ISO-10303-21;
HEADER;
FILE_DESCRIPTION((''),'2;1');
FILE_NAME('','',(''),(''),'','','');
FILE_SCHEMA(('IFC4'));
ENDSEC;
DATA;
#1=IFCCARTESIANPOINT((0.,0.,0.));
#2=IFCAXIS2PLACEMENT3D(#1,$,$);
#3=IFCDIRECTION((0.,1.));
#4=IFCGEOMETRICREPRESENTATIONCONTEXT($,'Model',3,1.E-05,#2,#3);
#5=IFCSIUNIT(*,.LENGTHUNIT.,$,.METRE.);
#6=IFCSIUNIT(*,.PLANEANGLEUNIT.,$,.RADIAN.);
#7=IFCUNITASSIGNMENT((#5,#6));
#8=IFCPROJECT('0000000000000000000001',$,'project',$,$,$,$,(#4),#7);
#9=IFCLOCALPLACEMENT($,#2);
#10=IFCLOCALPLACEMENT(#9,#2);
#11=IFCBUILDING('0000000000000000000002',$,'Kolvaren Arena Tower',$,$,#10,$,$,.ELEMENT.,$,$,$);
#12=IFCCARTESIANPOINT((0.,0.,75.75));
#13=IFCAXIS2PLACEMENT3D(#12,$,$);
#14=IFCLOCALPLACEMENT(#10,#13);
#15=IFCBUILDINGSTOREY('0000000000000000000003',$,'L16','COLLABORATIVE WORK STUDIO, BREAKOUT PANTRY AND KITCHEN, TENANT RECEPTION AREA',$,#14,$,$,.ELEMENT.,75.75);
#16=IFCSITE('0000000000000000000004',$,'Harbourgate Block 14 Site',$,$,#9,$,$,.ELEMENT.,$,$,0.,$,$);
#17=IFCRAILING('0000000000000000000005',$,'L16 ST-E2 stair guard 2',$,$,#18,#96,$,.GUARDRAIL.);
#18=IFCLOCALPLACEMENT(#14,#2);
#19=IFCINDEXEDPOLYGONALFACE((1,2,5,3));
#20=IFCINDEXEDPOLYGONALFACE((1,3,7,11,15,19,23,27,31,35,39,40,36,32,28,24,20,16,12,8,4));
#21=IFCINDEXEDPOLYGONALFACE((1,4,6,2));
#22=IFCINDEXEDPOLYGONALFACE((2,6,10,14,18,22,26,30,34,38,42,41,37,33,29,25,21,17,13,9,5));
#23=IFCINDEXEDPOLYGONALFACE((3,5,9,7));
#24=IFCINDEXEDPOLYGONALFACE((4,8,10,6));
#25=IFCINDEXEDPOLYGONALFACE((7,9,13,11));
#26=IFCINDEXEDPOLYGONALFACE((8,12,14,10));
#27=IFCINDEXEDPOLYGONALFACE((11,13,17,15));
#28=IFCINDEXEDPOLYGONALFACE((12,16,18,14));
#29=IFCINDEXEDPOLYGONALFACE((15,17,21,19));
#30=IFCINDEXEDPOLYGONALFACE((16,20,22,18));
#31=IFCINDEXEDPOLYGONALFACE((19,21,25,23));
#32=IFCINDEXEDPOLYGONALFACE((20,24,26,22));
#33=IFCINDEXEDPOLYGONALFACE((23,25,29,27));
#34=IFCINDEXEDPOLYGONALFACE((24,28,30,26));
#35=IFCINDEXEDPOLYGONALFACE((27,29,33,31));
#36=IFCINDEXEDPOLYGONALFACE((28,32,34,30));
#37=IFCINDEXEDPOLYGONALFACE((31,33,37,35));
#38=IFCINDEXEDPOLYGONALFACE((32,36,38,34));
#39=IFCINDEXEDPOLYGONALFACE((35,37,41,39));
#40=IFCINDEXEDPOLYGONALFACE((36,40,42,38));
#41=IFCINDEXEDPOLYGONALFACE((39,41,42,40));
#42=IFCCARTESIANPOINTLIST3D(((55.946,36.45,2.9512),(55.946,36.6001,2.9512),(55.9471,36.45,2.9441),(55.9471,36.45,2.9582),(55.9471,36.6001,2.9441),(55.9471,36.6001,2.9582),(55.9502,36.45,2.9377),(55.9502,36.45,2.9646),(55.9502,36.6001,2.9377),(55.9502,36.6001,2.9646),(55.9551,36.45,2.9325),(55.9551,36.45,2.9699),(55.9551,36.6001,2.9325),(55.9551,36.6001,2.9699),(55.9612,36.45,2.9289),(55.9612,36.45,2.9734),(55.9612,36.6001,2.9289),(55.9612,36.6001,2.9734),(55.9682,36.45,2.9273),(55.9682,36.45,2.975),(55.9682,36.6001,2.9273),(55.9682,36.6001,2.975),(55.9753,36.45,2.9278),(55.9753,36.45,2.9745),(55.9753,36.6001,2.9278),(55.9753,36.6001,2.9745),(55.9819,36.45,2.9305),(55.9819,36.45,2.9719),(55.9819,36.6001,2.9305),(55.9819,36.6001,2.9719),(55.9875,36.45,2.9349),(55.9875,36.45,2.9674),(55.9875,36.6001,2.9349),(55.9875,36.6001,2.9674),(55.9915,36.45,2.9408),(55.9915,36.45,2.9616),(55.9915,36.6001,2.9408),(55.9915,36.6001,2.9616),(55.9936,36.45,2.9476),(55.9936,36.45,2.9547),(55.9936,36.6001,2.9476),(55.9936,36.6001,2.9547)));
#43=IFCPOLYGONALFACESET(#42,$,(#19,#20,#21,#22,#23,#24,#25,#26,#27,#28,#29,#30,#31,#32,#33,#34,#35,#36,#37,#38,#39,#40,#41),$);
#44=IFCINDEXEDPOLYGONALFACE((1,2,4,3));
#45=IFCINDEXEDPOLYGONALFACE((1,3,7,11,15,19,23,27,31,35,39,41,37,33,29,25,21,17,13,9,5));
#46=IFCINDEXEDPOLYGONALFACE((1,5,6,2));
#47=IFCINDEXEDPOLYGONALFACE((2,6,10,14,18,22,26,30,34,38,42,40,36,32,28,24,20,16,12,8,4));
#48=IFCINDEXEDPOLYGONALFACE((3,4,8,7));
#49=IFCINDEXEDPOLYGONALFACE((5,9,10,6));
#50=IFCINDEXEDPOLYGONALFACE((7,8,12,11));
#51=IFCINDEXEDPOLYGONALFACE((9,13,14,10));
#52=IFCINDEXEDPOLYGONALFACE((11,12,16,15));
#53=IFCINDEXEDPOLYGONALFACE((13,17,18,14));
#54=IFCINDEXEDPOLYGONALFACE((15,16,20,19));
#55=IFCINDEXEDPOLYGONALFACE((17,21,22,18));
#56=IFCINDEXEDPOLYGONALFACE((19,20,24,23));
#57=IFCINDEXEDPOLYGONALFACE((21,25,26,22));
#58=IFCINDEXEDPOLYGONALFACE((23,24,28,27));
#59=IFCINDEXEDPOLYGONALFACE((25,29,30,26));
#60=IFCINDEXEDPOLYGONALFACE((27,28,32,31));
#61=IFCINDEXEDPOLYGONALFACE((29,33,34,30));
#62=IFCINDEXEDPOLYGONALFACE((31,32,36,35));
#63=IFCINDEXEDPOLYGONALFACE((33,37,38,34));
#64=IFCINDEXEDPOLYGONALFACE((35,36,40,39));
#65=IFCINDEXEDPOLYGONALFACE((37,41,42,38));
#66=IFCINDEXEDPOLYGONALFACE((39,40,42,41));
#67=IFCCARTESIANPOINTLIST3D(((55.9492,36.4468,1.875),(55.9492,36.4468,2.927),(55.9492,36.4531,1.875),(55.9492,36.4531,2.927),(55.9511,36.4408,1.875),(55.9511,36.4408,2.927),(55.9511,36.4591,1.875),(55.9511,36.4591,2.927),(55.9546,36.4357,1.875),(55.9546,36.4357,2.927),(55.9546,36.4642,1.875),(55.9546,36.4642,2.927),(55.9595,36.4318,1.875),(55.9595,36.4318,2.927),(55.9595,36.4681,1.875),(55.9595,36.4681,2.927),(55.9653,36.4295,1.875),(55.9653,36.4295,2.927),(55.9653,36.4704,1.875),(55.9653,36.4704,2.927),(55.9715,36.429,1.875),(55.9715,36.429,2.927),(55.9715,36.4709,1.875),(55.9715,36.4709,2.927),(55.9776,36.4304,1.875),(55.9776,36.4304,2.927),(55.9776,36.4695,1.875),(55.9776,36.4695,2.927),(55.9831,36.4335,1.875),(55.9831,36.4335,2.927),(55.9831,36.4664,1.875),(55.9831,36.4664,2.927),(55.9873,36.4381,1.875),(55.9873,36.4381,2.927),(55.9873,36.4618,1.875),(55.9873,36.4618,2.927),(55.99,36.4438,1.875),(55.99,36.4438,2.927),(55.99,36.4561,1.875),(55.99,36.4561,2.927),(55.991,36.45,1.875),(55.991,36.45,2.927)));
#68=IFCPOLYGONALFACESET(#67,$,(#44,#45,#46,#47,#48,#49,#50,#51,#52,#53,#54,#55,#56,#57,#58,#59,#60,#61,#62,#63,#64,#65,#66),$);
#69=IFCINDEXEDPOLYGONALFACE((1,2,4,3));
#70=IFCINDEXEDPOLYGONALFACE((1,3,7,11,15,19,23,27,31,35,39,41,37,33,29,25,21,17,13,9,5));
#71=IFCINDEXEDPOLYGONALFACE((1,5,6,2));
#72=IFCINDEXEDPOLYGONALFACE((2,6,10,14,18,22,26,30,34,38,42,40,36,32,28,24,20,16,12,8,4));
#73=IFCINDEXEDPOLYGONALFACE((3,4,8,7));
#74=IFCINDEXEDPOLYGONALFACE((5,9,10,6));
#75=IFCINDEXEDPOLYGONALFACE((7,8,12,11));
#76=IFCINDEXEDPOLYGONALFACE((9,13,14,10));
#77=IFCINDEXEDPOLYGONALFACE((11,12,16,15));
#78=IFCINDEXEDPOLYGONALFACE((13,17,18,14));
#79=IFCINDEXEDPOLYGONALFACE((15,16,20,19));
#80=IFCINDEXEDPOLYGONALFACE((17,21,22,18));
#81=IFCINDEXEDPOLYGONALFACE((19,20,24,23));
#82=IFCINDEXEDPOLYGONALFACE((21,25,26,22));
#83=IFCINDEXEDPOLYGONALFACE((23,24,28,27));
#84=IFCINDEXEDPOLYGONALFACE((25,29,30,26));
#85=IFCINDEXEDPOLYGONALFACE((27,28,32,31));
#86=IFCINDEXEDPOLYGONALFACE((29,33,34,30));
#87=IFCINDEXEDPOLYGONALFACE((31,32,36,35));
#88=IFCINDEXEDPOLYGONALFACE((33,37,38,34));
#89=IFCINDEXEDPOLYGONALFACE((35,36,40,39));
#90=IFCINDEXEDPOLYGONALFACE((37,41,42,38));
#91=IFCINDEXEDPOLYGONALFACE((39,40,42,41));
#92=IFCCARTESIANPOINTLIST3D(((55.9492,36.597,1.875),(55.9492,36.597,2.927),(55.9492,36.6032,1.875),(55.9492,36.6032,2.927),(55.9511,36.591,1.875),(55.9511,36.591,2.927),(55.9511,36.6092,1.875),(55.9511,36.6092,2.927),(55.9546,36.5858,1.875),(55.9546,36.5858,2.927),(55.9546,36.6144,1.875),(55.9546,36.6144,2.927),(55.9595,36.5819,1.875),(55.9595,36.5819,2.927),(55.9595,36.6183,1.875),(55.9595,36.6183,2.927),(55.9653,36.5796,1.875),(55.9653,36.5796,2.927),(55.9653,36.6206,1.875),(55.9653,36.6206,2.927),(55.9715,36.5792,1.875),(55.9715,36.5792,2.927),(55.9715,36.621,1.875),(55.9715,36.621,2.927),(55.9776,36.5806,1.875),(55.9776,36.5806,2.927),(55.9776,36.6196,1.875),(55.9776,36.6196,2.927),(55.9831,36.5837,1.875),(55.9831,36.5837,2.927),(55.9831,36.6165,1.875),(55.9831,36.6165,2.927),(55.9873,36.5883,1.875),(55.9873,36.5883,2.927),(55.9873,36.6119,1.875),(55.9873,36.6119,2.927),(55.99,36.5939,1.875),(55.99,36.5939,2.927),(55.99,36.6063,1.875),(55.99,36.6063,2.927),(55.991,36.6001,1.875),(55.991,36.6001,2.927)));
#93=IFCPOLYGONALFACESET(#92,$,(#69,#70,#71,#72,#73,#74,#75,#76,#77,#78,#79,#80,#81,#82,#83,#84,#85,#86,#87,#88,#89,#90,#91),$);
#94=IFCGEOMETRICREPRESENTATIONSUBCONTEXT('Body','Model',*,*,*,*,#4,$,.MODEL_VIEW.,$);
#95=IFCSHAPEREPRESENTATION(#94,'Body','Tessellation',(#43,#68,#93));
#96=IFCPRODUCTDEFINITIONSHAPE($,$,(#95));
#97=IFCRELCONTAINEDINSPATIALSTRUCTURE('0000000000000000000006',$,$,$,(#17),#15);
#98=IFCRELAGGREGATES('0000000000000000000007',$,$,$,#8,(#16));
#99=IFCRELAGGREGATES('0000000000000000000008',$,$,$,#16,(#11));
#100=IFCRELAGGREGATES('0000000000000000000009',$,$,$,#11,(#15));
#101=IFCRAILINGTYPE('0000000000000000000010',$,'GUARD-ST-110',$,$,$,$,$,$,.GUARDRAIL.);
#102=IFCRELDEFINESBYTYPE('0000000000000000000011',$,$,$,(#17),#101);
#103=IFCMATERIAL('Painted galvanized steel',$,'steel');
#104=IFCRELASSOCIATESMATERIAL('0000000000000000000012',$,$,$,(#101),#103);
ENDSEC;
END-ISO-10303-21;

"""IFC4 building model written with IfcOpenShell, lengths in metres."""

from ifc_helpers import new_model, si_unit, direction, frame, origin, origin_2d, place, context, subcontext, project, spatial, circle, extrude, material, type_object, element, save


model = new_model("IFC4")

# Units and contexts
model_context = context("Model", 3, precision=1e-05, world=origin(), true_north=direction((0.0, 1.0)))
body_context = subcontext(model_context, "Body", "Model", "MODEL_VIEW")
ifc_project = project(units=[si_unit("LENGTHUNIT", "METRE"), si_unit("PLANEANGLEUNIT", "RADIAN")], contexts=[model_context])

# Site, building, storey
site_placement = place(None, origin())
site = spatial("IfcSite", under=ifc_project, at=site_placement, Name="Harbourgate Block 14 Site", CompositionType="ELEMENT", RefElevation=0.0)
building_placement = place(site_placement, origin())
building = spatial("IfcBuilding", under=site, at=building_placement, Name="Kolvaren Arena Tower", CompositionType="ELEMENT")
storey_placement = place(building_placement, frame((0.0, 0.0, 75.75)))
storey = spatial("IfcBuildingStorey", under=building, at=storey_placement, Name="L16", Description="COLLABORATIVE WORK STUDIO, BREAKOUT PANTRY AND KITCHEN, TENANT RECEPTION AREA", CompositionType="ELEMENT", Elevation=75.75)

# Railing
ifc_material_1 = material(Name="Painted galvanized steel", Category="steel")
railing_type_1 = type_object("IfcRailingType", Name="GUARD-ST-110", PredefinedType="GUARDRAIL", material=ifc_material_1)
railing_1_placement = place(storey_placement, frame((55.97, 36.45, 1.875)))
element("IfcRailing", 1, at=railing_1_placement, inside=storey, type_object=railing_type_1, Name="L16 ST-E2 stair guard 2", PredefinedType="GUARDRAIL", context=body_context, shape_type="SweptSolid", body=[
    extrude(circle(Radius=0.0239, at=origin_2d()), frame((0.0, 0.0, 1.0762), z_axis=(0.0, 1.0, 0.0), x_axis=(-1.0, 0.0, 0.0)), (0.0, 0.0, 1.0), 0.1501),
    extrude(circle(Radius=0.021, at=origin_2d()), origin(), (0.0, 0.0, 1.0), 1.052),
    extrude(circle(Radius=0.021, at=origin_2d()), frame((0.0, 0.1501, 0.0)), (0.0, 0.0, 1.0), 1.052),
])

save(model, "model.ifc")
